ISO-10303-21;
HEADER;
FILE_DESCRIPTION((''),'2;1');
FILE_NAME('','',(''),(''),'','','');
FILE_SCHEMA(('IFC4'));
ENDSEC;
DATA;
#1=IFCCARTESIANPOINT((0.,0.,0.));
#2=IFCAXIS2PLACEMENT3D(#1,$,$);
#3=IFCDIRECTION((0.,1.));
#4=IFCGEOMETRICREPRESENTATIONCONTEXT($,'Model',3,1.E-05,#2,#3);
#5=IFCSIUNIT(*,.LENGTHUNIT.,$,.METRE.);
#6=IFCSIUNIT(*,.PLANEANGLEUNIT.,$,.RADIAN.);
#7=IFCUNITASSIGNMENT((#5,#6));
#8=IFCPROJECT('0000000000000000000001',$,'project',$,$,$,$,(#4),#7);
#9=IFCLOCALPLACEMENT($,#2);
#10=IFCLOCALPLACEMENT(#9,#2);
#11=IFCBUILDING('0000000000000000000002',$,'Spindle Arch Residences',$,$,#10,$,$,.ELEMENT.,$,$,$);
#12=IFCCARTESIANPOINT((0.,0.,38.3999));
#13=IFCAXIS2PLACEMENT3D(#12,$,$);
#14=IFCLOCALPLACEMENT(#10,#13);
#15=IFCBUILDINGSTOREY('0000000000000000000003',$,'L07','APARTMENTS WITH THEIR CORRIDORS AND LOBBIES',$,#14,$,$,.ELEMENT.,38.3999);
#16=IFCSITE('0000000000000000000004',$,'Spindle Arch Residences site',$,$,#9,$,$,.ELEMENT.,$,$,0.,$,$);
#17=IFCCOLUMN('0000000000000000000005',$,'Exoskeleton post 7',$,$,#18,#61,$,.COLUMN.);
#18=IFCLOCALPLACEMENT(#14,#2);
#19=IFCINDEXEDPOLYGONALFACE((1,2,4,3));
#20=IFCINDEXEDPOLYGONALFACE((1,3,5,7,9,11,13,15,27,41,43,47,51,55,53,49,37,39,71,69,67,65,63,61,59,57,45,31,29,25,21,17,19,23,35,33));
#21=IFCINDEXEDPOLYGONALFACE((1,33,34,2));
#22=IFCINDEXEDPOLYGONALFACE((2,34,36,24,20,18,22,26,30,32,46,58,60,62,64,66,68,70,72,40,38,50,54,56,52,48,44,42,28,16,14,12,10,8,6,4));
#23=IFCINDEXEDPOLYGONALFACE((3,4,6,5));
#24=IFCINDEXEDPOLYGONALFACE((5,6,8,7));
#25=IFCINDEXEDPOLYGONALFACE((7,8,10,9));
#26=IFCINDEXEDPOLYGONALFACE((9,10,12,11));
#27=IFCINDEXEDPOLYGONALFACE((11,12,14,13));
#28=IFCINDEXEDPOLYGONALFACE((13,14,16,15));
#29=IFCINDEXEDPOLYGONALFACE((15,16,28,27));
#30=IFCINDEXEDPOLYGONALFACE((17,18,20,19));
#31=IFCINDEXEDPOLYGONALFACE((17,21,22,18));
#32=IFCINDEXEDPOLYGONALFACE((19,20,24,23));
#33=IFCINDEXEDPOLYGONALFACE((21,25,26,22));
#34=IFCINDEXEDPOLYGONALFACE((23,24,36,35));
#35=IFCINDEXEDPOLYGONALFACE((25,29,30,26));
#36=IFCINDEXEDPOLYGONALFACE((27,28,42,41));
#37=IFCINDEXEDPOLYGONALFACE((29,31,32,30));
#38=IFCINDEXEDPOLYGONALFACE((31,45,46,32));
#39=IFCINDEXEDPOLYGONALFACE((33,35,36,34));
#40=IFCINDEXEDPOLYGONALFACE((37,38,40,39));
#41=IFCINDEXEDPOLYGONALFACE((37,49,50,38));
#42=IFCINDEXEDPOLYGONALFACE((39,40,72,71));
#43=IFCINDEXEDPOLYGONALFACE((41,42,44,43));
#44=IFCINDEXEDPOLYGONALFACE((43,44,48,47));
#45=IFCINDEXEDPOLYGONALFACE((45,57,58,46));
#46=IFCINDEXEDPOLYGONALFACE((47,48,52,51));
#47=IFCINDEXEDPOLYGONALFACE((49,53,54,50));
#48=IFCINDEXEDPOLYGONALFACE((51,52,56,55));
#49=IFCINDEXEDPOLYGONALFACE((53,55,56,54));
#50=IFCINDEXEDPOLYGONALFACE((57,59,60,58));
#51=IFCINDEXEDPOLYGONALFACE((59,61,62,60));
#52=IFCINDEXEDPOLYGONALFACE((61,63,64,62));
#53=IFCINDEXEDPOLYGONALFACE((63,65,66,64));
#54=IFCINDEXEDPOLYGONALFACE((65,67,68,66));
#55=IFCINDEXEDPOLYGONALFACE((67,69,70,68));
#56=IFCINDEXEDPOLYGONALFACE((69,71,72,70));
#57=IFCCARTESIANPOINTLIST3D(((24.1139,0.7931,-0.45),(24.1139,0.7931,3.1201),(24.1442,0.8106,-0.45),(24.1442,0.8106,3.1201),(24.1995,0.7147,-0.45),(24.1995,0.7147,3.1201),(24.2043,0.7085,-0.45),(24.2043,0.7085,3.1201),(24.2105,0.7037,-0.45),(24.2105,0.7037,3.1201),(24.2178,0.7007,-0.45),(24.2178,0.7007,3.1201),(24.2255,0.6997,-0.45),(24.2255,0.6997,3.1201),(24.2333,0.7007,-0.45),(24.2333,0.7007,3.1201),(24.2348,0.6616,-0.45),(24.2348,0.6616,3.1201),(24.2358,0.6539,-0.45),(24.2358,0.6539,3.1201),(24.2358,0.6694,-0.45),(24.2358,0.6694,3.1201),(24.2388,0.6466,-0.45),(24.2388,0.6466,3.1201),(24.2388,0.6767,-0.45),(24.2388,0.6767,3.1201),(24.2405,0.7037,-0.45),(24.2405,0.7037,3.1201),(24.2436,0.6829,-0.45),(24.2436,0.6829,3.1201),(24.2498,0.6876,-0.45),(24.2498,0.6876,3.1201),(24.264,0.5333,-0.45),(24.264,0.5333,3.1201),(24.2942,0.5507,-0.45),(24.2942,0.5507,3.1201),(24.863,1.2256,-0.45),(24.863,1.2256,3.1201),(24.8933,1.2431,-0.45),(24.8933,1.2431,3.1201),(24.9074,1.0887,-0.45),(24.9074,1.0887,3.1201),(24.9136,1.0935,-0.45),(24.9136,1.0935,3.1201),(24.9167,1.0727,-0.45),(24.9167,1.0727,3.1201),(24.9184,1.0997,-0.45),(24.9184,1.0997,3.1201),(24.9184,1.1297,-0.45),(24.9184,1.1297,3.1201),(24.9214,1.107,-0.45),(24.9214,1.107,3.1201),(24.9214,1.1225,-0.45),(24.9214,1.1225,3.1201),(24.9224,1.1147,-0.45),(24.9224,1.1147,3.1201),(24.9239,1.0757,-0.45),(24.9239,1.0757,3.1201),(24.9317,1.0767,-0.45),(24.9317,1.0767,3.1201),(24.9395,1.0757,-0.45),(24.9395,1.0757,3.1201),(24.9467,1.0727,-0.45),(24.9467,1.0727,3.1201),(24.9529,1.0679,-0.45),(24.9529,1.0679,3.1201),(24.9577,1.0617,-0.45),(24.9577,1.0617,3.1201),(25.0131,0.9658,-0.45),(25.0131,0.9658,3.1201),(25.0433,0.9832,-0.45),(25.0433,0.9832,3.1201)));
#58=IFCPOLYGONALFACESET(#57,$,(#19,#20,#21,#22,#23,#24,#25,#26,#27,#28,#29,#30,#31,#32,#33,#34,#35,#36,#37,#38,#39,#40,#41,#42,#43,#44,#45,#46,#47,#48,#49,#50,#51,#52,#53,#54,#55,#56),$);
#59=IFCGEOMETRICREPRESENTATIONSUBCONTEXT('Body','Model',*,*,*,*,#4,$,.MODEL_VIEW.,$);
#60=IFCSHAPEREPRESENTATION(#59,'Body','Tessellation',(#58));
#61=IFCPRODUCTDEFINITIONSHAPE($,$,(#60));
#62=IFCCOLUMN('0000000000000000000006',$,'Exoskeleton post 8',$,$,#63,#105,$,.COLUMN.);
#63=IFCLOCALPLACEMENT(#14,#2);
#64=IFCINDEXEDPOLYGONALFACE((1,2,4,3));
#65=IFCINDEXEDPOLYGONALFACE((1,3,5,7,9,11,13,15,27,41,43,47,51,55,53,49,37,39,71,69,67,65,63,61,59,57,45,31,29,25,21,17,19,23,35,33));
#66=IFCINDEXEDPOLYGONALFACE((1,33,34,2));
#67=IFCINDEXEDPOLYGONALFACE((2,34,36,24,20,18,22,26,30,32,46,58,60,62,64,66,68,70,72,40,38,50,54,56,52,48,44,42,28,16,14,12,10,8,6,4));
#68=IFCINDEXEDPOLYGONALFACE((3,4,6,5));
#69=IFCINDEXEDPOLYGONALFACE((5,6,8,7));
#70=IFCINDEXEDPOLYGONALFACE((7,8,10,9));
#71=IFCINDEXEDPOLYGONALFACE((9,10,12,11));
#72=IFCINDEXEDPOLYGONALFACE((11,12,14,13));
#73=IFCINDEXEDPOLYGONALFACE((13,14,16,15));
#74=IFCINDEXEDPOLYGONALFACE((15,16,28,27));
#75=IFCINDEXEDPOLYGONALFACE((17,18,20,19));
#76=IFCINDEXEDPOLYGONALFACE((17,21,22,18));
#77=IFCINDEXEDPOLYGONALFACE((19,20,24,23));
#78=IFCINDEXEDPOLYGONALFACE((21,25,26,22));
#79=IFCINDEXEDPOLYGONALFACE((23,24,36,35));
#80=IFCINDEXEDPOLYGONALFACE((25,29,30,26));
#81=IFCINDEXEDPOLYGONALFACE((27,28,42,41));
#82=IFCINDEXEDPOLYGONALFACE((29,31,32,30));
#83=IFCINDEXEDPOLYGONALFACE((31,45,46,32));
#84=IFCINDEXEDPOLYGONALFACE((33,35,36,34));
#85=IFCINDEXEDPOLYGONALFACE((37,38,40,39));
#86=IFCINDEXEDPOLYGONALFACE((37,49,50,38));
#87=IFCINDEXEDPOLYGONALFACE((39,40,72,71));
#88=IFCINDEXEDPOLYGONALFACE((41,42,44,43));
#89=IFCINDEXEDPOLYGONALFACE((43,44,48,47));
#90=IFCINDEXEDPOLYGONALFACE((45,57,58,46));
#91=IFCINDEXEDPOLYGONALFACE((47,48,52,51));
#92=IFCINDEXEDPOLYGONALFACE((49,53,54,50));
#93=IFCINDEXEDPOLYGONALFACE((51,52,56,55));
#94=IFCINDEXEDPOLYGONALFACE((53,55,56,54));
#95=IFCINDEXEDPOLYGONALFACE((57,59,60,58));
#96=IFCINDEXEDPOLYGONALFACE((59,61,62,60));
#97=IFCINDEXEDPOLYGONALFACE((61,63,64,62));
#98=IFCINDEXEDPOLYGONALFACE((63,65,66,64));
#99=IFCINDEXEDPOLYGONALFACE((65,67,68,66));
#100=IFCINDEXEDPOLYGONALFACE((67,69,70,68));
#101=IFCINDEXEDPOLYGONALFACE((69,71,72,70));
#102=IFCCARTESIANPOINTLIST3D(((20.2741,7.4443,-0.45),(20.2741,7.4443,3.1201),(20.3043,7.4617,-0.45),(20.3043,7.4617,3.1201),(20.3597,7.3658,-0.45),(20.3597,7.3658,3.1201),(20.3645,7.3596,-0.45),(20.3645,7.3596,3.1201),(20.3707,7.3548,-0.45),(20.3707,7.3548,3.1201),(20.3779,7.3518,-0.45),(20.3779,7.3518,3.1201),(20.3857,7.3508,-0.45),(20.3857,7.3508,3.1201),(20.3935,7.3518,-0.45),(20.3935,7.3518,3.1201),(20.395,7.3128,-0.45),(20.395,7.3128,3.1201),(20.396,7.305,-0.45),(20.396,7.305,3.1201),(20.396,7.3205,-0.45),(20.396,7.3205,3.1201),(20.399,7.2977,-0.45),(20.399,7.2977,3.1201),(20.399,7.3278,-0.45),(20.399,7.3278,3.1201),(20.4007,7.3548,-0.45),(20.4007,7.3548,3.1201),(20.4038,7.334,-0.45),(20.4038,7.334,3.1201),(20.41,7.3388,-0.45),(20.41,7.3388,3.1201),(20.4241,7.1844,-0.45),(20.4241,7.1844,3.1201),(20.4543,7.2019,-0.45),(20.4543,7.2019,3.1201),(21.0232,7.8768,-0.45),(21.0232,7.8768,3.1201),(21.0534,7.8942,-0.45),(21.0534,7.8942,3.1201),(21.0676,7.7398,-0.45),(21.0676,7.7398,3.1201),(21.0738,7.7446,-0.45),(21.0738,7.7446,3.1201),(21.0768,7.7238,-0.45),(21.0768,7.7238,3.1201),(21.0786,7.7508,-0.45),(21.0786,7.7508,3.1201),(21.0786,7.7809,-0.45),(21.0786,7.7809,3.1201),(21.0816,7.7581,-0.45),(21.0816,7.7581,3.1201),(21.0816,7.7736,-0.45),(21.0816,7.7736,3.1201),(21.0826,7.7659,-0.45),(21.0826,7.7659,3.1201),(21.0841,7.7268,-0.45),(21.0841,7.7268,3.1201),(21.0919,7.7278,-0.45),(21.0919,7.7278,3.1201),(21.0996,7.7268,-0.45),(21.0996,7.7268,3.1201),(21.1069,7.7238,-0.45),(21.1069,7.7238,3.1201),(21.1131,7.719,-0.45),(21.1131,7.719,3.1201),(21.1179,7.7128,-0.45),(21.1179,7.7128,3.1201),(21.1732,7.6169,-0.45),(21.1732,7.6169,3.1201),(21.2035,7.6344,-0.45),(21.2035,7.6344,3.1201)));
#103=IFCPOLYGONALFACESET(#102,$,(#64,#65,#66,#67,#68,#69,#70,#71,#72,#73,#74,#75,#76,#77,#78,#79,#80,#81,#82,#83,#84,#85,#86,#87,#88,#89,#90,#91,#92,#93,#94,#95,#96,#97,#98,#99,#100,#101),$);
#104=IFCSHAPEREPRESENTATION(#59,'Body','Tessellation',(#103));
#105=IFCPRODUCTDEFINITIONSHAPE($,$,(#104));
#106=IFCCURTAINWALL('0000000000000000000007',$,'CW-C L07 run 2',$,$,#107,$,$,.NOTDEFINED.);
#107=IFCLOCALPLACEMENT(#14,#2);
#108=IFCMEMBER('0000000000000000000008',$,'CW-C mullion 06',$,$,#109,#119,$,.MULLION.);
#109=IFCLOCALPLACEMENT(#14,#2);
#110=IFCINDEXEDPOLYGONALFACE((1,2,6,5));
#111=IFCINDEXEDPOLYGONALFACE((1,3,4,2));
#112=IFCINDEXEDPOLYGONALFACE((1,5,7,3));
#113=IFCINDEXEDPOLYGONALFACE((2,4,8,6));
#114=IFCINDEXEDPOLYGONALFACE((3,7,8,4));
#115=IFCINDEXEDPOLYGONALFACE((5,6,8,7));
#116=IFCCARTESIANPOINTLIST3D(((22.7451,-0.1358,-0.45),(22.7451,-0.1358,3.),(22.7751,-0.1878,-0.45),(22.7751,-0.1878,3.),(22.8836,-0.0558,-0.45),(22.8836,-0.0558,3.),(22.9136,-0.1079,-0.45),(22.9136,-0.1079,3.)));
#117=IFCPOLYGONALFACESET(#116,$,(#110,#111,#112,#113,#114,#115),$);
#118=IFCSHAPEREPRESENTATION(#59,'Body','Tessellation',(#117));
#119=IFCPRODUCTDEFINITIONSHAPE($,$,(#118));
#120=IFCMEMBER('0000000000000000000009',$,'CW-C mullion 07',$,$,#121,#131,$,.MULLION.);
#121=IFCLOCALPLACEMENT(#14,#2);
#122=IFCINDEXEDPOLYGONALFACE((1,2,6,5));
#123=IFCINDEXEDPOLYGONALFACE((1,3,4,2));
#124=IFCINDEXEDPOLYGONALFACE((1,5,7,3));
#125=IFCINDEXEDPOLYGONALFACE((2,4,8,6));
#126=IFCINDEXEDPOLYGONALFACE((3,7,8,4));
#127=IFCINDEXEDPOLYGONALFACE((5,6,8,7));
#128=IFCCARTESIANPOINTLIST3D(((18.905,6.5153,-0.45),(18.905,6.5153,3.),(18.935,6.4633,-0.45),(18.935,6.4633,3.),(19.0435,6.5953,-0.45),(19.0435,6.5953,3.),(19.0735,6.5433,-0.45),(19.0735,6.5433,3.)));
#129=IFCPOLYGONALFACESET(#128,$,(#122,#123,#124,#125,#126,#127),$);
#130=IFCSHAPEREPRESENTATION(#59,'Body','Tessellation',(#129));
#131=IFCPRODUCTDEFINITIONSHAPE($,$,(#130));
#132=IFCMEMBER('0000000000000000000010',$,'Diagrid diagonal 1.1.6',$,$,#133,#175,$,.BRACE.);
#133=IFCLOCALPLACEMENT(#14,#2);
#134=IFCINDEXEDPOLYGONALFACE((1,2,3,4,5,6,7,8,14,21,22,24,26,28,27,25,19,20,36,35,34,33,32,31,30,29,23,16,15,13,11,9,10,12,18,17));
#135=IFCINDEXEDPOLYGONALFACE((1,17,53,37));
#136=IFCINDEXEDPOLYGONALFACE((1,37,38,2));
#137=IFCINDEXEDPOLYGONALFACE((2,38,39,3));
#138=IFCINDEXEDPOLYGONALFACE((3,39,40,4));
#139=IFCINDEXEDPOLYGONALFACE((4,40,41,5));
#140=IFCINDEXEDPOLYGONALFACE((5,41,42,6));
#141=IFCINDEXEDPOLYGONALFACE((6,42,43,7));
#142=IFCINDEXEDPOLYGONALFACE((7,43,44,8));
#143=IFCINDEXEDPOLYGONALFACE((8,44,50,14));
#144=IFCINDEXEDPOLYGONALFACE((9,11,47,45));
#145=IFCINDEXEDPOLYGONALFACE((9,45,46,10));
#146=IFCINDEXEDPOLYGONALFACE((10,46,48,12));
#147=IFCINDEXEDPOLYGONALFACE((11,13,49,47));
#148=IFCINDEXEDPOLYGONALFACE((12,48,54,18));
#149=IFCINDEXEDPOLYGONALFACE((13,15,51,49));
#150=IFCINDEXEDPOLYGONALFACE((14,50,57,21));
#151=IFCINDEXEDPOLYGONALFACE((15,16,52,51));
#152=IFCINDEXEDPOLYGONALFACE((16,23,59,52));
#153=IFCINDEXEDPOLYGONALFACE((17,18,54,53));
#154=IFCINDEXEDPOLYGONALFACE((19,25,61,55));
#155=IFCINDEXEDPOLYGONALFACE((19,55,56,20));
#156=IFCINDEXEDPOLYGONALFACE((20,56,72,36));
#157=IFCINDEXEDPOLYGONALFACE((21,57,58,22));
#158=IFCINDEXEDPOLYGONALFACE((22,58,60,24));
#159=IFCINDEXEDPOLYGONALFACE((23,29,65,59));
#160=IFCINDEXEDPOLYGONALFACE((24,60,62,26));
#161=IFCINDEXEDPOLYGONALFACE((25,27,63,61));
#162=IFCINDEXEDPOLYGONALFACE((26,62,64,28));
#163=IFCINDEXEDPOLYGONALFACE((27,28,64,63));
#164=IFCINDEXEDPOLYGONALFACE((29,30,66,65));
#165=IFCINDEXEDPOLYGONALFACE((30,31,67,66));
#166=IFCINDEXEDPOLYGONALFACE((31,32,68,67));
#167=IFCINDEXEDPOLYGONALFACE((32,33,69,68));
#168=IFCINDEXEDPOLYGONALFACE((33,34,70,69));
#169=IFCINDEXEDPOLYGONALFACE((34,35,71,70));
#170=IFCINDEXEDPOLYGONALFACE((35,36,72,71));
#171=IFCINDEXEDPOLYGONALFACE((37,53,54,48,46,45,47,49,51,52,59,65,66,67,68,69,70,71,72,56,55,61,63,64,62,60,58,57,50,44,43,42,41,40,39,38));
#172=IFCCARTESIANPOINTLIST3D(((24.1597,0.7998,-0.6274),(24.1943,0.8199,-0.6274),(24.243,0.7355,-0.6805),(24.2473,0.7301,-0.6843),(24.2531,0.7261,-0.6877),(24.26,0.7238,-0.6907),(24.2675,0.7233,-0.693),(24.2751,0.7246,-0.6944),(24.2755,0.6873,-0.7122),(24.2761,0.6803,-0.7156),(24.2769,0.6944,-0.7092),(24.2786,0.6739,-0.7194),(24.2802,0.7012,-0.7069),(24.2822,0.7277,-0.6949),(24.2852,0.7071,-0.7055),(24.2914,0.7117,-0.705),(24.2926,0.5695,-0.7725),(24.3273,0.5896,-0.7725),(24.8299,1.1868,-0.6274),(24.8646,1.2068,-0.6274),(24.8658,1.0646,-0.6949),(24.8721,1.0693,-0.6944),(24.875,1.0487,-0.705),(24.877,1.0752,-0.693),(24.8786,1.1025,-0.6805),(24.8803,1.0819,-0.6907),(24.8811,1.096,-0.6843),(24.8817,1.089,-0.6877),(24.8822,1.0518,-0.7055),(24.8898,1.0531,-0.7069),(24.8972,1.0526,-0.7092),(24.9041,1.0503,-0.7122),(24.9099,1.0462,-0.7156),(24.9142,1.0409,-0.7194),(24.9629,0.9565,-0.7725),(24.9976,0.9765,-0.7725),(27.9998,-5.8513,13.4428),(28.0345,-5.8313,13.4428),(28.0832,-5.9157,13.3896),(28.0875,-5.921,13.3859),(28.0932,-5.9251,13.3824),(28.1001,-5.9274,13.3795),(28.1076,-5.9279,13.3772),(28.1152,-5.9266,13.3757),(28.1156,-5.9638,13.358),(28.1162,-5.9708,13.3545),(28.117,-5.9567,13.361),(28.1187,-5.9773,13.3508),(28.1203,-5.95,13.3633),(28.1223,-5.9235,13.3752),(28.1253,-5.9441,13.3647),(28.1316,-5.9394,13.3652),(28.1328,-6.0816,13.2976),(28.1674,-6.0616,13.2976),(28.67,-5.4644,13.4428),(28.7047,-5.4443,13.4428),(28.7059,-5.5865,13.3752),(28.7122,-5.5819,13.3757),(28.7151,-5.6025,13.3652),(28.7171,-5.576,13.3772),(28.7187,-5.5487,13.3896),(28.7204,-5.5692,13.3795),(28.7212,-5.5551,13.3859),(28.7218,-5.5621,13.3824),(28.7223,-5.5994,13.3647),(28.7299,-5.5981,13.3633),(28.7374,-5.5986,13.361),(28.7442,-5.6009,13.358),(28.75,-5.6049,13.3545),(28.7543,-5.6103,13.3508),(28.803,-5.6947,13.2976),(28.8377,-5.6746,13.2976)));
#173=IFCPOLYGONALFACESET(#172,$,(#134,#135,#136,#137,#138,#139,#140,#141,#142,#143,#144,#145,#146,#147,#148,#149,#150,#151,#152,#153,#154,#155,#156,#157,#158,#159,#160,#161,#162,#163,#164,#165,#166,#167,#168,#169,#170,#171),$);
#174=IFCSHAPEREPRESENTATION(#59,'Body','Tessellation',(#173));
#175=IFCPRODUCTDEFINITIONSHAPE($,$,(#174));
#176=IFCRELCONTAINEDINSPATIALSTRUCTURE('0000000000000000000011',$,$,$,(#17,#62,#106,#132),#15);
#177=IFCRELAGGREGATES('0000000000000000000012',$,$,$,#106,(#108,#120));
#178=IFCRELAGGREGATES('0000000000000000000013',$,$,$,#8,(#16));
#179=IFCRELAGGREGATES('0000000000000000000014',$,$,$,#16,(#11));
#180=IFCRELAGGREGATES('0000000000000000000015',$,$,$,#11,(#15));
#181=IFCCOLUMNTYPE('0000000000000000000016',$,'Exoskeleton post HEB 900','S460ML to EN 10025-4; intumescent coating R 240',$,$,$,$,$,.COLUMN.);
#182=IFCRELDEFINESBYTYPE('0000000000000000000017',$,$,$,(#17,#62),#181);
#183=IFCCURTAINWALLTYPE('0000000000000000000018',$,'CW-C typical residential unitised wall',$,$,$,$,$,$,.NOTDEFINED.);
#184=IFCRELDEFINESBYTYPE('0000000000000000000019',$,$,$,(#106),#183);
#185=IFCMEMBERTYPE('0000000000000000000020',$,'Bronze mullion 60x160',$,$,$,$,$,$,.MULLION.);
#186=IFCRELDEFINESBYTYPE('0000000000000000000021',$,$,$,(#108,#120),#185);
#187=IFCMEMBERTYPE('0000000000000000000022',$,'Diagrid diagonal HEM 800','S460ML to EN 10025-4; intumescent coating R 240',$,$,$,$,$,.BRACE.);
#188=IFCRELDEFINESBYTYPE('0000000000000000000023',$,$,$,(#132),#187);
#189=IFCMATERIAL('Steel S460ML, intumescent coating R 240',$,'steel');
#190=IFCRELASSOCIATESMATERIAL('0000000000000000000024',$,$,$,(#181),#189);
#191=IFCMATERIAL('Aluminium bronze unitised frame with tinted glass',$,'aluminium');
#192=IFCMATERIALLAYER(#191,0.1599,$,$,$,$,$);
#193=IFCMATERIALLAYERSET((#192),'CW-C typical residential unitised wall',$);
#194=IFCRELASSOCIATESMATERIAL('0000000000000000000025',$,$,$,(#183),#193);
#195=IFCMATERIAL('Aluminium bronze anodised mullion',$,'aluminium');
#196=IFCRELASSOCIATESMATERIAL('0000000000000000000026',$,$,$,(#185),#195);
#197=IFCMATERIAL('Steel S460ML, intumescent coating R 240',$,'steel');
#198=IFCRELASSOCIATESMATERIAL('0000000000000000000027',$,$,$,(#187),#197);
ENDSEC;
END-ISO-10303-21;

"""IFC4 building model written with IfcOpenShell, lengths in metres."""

from ifc_helpers import new_model, si_unit, direction, frame, origin, origin_2d, place, context, subcontext, project, spatial, rectangle, i_section, extrude, material, layer, layer_set, material_profile, profile_set, type_object, element, aggregate, save


model = new_model("IFC4")

# Units and contexts
model_context = context("Model", 3, precision=1e-05, world=origin(), true_north=direction((0.0, 1.0)))
body_context = subcontext(model_context, "Body", "Model", "MODEL_VIEW")
ifc_project = project(units=[si_unit("LENGTHUNIT", "METRE"), si_unit("PLANEANGLEUNIT", "RADIAN")], contexts=[model_context])

# Site, building, storey
site_placement = place(None, origin())
site = spatial("IfcSite", under=ifc_project, at=site_placement, Name="Spindle Arch Residences site", CompositionType="ELEMENT", RefElevation=0.0)
building_placement = place(site_placement, origin())
building = spatial("IfcBuilding", under=site, at=building_placement, Name="Spindle Arch Residences", CompositionType="ELEMENT")
storey_placement = place(building_placement, frame((0.0, 0.0, 38.3999)))
storey = spatial("IfcBuildingStorey", under=building, at=storey_placement, Name="L07", Description="APARTMENTS WITH THEIR CORRIDORS AND LOBBIES", CompositionType="ELEMENT", Elevation=38.3999)

# Columns
ifc_material_1 = material(Name="Steel S460ML, intumescent coating R 240", Category="steel")
ifc_material_profile_1 = material_profile(ifc_material_1, i_section(OverallWidth=0.3, OverallDepth=0.8999, WebThickness=0.0186, FlangeThickness=0.0349, FilletRadius=0.03, at=origin_2d()), Name="HEB 900")
ifc_profile_set_1 = profile_set([ifc_material_profile_1], Name="Steel S460ML, intumescent coating R 240")
column_type = type_object("IfcColumnType", Name="Exoskeleton post HEB 900", Description="S460ML to EN 10025-4; intumescent coating R 240", PredefinedType="COLUMN", material=ifc_profile_set_1)
for number, where, z_axis, x_axis, name in (
    (1, (24.5786, 0.8882, -0.45), (0.0, 0.0, 1.0), (0.5, -0.866025, 0.0), "Exoskeleton post 7"),
    (2, (20.7388, 7.5393, -0.45), (0.0, 0.0, 1.0), (0.5, -0.866025, 0.0), "Exoskeleton post 8"),
):
    element("IfcColumn", number, at=place(storey_placement, frame(where, z_axis=z_axis, x_axis=x_axis)), inside=storey, type_object=column_type, Name=name, PredefinedType="COLUMN", context=body_context, shape_type="SweptSolid", body=[
        extrude(i_section(OverallWidth=0.3, OverallDepth=0.8999, WebThickness=0.0186, FlangeThickness=0.0349, FilletRadius=0.03, at=origin_2d()), origin(), (0.0, 0.0, 1.0), 3.5701),
    ])

# Curtain wall, members
ifc_material_2 = material(Name="Aluminium bronze unitised frame with tinted glass", Category="aluminium")
ifc_layer_1 = layer(ifc_material_2, 0.1599)
ifc_layer_set_1 = layer_set([ifc_layer_1], Name="CW-C typical residential unitised wall")
curtain_wall_type = type_object("IfcCurtainWallType", Name="CW-C typical residential unitised wall", PredefinedType="NOTDEFINED", material=ifc_layer_set_1)
curtain_wall_placement = place(storey_placement, origin())
curtain_wall = element("IfcCurtainWall", 3, at=curtain_wall_placement, inside=storey, type_object=curtain_wall_type, Name="CW-C L07 run 2", PredefinedType="NOTDEFINED")
ifc_material_3 = material(Name="Aluminium bronze anodised mullion", Category="aluminium")
ifc_material_profile_2 = material_profile(ifc_material_3, rectangle(XDim=0.1599, YDim=0.0601, at=origin_2d()), Name="MU 60x160")
ifc_profile_set_2 = profile_set([ifc_material_profile_2], Name="Aluminium bronze anodised mullion")
member_type_1 = type_object("IfcMemberType", Name="Bronze mullion 60x160", PredefinedType="MULLION", material=ifc_profile_set_2)
member_1_placement = place(storey_placement, frame((22.8293, -0.1218, -0.45), z_axis=(0.0, 0.0, 1.0), x_axis=(-0.866025, -0.5, 0.0)))
member_1 = element("IfcMember", 4, at=member_1_placement, type_object=member_type_1, Name="CW-C mullion 06", PredefinedType="MULLION", context=body_context, shape_type="SweptSolid", body=[
    extrude(rectangle(XDim=0.1599, YDim=0.0601, at=origin_2d()), origin(), (0.0, 0.0, 1.0), 3.45),
])
member_2_placement = place(storey_placement, frame((18.9893, 6.5293, -0.45), z_axis=(0.0, 0.0, 1.0), x_axis=(-0.866025, -0.5, 0.0)))
member_2 = element("IfcMember", 5, at=member_2_placement, type_object=member_type_1, Name="CW-C mullion 07", PredefinedType="MULLION", context=body_context, shape_type="SweptSolid", body=[
    extrude(rectangle(XDim=0.1599, YDim=0.0601, at=origin_2d()), origin(), (0.0, 0.0, 1.0), 3.45),
])

# Member
ifc_material_4 = material(Name="Steel S460ML, intumescent coating R 240", Category="steel")
ifc_material_profile_3 = material_profile(ifc_material_4, i_section(OverallWidth=0.303, OverallDepth=0.814, WebThickness=0.021, FlangeThickness=0.04, FilletRadius=0.03, at=origin_2d()), Name="HEM 800")
ifc_profile_set_3 = profile_set([ifc_material_profile_3], Name="Steel S460ML, intumescent coating R 240")
member_type_2 = type_object("IfcMemberType", Name="Diagrid diagonal HEM 800", Description="S460ML to EN 10025-4; intumescent coating R 240", PredefinedType="BRACE", material=ifc_profile_set_3)
member_3_placement = place(storey_placement, frame((24.5786, 0.8882, -0.7), z_axis=(0.239561, -0.414926, 0.877751), x_axis=(-0.438881, 0.760152, 0.479117)))
element("IfcMember", 6, at=member_3_placement, inside=storey, type_object=member_type_2, Name="Diagrid diagonal 1.1.6", PredefinedType="BRACE", context=body_context, shape_type="SweptSolid", body=[
    extrude(i_section(OverallWidth=0.303, OverallDepth=0.814, WebThickness=0.021, FlangeThickness=0.04, FilletRadius=0.03, at=origin_2d()), origin(), (0.0, 0.0, 1.0), 16.0298),
])

aggregate(curtain_wall, [member_1, member_2])

save(model, "model.ifc")
